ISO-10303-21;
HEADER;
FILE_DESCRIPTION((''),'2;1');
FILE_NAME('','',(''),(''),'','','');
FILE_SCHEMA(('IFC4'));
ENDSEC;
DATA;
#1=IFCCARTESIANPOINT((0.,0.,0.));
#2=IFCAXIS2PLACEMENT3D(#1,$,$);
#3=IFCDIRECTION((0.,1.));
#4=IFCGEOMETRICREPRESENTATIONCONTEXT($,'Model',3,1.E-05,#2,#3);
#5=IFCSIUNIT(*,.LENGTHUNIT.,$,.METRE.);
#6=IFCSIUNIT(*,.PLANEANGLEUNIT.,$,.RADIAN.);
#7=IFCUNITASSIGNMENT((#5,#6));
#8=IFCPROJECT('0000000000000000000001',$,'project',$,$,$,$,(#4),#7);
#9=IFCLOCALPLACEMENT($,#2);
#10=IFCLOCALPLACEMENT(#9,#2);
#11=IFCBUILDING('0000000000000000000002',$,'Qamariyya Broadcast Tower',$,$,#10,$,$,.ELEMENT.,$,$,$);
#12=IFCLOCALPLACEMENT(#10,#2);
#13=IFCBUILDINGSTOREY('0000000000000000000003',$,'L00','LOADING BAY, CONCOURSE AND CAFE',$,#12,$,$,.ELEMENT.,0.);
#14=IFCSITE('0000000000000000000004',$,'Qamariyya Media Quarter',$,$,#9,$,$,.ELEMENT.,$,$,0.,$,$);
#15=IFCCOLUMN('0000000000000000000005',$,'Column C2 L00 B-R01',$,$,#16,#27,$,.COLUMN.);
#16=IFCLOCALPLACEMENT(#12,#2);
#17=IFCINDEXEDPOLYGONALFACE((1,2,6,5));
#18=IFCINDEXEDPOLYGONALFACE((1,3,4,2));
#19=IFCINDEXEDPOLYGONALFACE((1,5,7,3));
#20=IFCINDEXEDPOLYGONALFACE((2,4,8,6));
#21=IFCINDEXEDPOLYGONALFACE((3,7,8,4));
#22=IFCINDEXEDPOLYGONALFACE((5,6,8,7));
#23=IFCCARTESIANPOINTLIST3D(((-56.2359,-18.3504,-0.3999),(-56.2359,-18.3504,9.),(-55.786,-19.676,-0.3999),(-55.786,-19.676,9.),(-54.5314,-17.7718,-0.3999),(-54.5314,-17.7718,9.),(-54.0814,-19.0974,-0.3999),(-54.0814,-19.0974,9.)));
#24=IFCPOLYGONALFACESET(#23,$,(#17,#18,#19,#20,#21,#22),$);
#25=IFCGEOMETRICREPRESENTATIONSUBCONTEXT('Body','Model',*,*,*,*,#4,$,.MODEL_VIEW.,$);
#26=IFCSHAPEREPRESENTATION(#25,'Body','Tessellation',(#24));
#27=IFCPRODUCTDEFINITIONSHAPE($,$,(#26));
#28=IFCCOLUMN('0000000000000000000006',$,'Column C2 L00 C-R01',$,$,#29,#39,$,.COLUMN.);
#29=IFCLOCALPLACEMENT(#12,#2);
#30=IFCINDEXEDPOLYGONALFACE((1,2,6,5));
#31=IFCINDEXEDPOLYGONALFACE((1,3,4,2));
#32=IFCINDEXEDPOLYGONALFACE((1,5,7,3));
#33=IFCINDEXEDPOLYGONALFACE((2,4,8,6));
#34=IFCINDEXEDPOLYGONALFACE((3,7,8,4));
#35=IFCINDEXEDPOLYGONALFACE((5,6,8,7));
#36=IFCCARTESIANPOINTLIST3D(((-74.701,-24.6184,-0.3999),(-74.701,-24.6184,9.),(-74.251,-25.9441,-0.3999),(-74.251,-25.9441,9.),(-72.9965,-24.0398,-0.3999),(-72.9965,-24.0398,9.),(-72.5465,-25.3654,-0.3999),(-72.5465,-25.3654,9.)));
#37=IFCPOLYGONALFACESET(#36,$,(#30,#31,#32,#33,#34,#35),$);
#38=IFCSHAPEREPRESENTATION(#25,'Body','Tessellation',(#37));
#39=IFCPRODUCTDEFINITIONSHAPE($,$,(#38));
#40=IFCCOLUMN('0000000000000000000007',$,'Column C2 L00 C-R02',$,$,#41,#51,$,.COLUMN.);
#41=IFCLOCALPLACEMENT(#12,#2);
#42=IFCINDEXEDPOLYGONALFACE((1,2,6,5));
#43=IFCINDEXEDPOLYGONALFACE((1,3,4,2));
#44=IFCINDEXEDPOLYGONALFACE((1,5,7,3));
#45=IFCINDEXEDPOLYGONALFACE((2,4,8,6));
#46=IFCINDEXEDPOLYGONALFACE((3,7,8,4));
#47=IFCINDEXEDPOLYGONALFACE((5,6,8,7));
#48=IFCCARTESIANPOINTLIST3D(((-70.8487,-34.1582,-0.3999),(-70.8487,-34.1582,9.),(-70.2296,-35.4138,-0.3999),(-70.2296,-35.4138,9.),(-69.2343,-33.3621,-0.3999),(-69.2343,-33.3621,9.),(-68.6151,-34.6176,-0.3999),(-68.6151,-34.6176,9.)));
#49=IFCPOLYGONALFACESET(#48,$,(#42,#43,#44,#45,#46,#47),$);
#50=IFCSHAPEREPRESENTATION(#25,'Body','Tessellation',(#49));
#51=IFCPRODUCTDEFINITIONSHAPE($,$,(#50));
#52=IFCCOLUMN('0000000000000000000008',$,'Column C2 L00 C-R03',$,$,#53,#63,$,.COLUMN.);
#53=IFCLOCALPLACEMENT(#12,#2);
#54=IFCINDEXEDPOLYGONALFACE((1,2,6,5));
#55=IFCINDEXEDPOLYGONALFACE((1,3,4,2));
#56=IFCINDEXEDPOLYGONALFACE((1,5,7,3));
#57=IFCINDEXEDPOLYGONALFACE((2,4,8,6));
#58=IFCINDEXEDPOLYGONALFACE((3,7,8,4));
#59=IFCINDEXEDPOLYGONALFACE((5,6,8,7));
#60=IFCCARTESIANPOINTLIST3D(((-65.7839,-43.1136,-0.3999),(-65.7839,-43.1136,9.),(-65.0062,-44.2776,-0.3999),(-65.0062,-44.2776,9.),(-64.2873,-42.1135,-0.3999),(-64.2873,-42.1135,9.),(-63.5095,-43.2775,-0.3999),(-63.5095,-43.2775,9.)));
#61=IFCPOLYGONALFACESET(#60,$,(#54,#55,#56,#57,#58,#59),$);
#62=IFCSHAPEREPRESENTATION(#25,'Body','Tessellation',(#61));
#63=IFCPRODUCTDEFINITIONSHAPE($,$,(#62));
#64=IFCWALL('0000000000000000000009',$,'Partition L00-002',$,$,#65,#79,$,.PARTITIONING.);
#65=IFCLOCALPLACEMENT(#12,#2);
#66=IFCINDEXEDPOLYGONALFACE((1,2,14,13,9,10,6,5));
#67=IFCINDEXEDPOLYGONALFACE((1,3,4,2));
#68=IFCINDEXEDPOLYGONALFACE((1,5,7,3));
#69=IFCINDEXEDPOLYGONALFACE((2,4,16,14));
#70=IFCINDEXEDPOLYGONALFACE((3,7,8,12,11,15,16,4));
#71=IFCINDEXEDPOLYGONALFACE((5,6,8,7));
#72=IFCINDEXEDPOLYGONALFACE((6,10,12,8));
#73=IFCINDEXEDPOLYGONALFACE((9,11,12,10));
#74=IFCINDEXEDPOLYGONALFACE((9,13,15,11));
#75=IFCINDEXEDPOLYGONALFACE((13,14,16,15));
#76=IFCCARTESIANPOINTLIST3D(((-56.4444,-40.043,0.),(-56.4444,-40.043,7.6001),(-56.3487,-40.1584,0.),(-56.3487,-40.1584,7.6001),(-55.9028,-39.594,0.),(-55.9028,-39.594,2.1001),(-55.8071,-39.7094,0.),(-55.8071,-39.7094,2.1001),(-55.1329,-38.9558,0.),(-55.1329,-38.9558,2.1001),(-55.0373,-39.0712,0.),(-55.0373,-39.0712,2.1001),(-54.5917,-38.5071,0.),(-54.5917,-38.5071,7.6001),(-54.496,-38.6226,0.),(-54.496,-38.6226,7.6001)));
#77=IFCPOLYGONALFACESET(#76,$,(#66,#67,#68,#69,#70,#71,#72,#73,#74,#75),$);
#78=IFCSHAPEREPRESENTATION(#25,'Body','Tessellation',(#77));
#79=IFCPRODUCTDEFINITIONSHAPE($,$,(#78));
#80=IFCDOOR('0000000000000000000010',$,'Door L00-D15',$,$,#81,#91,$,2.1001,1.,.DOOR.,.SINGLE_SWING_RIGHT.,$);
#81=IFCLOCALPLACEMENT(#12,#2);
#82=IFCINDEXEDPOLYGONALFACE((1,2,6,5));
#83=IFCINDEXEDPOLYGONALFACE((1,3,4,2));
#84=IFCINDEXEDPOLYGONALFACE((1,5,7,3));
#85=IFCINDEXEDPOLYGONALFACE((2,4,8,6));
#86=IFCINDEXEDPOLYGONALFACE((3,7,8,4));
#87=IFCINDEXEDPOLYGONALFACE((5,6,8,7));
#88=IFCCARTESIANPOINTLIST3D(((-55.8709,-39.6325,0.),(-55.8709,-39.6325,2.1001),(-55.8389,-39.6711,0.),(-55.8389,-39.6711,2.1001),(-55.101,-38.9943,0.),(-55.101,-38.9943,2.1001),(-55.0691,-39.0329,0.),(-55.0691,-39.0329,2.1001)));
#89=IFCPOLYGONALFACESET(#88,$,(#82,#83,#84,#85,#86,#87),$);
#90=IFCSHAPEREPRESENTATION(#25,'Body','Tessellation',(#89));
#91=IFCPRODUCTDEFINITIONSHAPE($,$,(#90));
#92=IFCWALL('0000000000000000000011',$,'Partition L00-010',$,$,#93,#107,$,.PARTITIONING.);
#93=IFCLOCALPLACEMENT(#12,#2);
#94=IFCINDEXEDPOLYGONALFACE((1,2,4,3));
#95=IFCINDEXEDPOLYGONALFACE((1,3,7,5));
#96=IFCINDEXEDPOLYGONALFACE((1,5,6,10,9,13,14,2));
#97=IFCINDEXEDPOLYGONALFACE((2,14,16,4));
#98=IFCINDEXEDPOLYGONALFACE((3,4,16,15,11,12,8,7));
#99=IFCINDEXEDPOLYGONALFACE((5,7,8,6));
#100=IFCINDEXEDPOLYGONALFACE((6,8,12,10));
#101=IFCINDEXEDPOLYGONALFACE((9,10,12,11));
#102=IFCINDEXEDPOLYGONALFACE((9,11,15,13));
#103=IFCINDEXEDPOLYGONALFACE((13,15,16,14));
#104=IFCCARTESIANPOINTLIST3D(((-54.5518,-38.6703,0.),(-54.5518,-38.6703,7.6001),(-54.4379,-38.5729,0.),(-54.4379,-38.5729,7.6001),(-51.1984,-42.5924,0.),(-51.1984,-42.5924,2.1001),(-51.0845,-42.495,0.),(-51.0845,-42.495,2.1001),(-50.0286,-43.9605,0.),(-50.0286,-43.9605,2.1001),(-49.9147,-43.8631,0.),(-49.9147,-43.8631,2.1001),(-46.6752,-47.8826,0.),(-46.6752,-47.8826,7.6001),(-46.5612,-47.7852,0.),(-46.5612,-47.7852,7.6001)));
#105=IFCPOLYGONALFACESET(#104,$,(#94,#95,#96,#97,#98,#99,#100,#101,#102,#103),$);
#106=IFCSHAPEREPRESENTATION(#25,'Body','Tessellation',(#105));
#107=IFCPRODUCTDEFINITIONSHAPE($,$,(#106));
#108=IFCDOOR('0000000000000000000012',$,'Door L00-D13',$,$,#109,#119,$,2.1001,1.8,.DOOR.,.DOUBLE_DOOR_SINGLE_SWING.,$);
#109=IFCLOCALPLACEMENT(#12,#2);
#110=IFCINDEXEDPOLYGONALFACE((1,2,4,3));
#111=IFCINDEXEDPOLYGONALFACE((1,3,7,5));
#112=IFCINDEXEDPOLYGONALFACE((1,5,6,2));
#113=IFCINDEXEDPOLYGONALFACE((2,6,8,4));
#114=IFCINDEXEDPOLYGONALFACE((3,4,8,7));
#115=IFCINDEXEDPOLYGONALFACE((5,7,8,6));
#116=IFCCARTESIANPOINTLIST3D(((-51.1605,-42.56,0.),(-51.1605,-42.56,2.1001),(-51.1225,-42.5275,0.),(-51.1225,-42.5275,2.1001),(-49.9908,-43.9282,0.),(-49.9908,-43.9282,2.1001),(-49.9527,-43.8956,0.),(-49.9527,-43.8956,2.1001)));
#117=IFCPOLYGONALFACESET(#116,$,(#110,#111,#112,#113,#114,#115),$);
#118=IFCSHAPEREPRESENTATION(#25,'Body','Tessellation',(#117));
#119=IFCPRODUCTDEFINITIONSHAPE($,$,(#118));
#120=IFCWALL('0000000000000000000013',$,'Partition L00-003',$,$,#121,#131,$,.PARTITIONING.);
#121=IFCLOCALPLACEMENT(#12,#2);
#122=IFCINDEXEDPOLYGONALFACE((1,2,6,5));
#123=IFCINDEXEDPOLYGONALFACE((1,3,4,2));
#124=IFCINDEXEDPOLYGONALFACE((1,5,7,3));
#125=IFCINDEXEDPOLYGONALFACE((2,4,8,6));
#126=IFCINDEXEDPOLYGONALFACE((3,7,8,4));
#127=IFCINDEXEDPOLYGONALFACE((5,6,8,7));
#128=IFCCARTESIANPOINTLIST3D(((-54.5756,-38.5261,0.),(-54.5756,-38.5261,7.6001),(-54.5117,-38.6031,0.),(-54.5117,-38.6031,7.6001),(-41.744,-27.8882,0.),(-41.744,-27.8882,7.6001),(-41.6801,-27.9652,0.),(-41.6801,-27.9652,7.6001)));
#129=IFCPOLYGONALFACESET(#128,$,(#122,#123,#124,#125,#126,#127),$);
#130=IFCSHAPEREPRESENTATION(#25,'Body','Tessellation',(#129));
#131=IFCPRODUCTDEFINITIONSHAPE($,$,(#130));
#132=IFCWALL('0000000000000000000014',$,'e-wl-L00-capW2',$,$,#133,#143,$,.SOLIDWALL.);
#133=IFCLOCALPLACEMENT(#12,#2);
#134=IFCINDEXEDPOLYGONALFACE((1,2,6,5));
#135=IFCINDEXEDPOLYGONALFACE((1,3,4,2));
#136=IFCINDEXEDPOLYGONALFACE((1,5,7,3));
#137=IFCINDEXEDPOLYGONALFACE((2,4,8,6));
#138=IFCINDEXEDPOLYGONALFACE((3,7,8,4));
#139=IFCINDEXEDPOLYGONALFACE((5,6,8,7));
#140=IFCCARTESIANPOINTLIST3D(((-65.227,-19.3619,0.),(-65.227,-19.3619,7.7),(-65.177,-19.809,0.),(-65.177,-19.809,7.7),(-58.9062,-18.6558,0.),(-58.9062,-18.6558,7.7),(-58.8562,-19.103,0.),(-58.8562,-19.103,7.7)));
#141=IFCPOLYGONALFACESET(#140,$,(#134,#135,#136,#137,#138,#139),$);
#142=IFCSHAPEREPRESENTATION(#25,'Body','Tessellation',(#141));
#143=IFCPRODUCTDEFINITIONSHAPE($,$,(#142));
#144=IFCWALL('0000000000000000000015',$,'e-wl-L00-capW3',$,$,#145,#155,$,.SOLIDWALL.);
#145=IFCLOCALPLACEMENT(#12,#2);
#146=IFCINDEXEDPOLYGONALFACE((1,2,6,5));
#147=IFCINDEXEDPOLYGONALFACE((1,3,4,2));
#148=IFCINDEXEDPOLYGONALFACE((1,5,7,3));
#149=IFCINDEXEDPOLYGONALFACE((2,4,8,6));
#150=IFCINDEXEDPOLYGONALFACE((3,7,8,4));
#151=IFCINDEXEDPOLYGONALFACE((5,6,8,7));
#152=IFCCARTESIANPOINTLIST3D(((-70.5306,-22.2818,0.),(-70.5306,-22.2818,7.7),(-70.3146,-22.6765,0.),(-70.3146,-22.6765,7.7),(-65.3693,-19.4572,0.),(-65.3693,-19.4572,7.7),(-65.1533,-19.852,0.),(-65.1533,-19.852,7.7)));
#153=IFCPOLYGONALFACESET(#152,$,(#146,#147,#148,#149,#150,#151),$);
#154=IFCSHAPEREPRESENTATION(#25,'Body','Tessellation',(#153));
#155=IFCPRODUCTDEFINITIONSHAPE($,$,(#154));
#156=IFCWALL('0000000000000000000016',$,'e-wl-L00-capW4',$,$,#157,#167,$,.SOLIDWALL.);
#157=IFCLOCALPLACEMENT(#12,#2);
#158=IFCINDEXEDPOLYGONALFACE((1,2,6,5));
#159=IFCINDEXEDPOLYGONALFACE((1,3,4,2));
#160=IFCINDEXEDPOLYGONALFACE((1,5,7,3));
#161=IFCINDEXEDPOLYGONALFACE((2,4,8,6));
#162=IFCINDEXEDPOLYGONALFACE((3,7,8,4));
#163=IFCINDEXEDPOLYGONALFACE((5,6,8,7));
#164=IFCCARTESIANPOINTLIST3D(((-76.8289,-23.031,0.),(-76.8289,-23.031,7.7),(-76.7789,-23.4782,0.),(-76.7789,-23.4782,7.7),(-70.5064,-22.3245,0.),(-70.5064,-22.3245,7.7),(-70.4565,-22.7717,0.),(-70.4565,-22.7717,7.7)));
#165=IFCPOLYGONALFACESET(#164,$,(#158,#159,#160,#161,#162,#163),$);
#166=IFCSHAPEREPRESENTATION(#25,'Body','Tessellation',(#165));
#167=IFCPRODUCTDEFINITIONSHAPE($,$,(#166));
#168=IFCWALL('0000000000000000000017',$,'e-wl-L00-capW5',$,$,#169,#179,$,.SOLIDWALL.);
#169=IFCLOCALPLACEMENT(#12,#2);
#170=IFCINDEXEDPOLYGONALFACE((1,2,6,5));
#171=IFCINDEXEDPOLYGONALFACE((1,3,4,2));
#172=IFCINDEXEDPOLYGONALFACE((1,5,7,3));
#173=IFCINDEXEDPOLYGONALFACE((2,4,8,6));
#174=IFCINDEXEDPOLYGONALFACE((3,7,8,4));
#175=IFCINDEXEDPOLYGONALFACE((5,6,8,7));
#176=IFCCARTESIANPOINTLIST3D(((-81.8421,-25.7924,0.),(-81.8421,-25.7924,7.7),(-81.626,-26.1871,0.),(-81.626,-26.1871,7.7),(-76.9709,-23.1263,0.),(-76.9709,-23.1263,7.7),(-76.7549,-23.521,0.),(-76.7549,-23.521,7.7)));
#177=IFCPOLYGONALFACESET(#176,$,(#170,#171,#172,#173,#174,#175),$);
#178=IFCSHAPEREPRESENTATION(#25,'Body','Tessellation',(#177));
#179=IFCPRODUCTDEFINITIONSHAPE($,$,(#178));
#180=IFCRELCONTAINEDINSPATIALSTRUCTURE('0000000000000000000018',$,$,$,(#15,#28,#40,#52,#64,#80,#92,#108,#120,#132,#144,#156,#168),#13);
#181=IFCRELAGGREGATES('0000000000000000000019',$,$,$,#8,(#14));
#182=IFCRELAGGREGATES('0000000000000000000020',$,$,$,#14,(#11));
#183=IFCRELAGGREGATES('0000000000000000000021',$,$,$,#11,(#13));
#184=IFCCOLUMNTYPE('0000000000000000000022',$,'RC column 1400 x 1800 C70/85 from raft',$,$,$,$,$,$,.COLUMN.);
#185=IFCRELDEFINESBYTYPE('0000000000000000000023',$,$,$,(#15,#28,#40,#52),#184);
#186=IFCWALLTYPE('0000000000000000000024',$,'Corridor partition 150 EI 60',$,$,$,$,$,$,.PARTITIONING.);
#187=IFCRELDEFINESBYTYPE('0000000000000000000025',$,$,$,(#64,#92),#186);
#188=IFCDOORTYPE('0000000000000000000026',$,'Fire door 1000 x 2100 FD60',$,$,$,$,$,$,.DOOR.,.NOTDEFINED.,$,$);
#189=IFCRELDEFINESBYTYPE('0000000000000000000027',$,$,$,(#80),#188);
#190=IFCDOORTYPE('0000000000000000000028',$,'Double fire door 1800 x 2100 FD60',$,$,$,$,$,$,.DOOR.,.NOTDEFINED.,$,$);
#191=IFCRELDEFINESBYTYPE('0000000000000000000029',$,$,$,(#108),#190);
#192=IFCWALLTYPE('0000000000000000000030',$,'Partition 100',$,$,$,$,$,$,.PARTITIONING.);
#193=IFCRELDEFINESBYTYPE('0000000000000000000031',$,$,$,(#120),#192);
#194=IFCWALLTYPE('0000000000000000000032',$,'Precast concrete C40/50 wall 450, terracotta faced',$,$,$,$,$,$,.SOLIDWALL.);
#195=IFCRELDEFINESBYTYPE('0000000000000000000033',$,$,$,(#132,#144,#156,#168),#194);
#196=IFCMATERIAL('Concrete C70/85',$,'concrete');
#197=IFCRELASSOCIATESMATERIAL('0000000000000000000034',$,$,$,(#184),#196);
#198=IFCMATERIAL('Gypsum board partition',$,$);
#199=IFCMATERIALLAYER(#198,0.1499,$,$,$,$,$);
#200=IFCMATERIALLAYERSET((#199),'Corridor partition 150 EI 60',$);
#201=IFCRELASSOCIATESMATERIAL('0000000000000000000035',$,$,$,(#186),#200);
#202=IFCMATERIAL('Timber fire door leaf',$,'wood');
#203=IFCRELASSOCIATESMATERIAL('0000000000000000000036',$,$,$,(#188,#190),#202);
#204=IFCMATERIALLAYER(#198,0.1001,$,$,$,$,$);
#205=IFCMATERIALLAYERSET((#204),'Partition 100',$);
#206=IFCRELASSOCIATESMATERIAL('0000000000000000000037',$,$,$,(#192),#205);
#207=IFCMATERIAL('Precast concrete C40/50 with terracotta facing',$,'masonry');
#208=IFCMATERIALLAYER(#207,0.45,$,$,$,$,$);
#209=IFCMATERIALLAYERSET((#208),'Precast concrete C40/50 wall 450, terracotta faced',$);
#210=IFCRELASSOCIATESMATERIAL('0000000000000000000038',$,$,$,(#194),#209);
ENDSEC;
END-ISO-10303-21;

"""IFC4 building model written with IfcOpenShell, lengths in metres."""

from ifc_helpers import new_model, si_unit, direction, frame, frame_2d, origin, origin_2d, place, context, subcontext, project, spatial, rectangle, extrude, material, layer, layer_set, material_profile, profile_set, type_object, element, fill, save


model = new_model("IFC4")

# Units and contexts
model_context = context("Model", 3, precision=1e-05, world=origin(), true_north=direction((0.0, 1.0)))
body_context = subcontext(model_context, "Body", "Model", "MODEL_VIEW")
ifc_project = project(units=[si_unit("LENGTHUNIT", "METRE"), si_unit("PLANEANGLEUNIT", "RADIAN")], contexts=[model_context])

# Site, building, storey
site_placement = place(None, origin())
site = spatial("IfcSite", under=ifc_project, at=site_placement, Name="Qamariyya Media Quarter", CompositionType="ELEMENT", RefElevation=0.0)
building_placement = place(site_placement, origin())
building = spatial("IfcBuilding", under=site, at=building_placement, Name="Qamariyya Broadcast Tower", CompositionType="ELEMENT")
storey_placement = place(building_placement, origin())
storey = spatial("IfcBuildingStorey", under=building, at=storey_placement, Name="L00", Description="LOADING BAY, CONCOURSE AND CAFE", CompositionType="ELEMENT", Elevation=0.0)

# Columns
ifc_material_1 = material(Name="Concrete C70/85", Category="concrete")
ifc_material_profile_1 = material_profile(ifc_material_1, rectangle(XDim=1.3999, YDim=1.8, at=origin_2d()))
ifc_profile_set_1 = profile_set([ifc_material_profile_1], Name="Concrete C70/85")
column_type_1 = type_object("IfcColumnType", Name="RC column 1400 x 1800 C70/85 from raft", PredefinedType="COLUMN", material=ifc_profile_set_1)
for number, where, z_axis, x_axis, name in (
    (1, (-55.1587, -18.7239, -0.3999), (0.0, 0.0, 1.0), (0.321439, -0.94693, 0.0), "Column C2 L00 B-R01"),
    (2, (-73.6238, -24.9919, -0.3999), (0.0, 0.0, 1.0), (0.321439, -0.94693, 0.0), "Column C2 L00 C-R01"),
    (3, (-69.7319, -34.3879, -0.3999), (0.0, 0.0, 1.0), (0.442289, -0.896873, 0.0), "Column C2 L00 C-R02"),
    (4, (-64.6467, -43.1956, -0.3999), (0.0, 0.0, 1.0), (0.55557, -0.83147, 0.0), "Column C2 L00 C-R03"),
):
    element("IfcColumn", number, at=place(storey_placement, frame(where, z_axis=z_axis, x_axis=x_axis)), inside=storey, type_object=column_type_1, Name=name, PredefinedType="COLUMN", context=body_context, shape_type="SweptSolid", body=[
        extrude(rectangle(XDim=1.3999, YDim=1.8, at=origin_2d()), origin(), (0.0, 0.0, 1.0), 9.3999),
    ])

# Walls, openings, doors
ifc_material_2 = material(Name="Gypsum board partition")
ifc_layer_1 = layer(ifc_material_2, 0.1499)
ifc_layer_set_1 = layer_set([ifc_layer_1], Name="Corridor partition 150 EI 60")
wall_type_1 = type_object("IfcWallType", Name="Corridor partition 150 EI 60", PredefinedType="PARTITIONING", material=ifc_layer_set_1)
wall_1_placement = place(storey_placement, frame((-56.3965, -40.1006, 0.0), z_axis=(0.0, 0.0, 1.0), x_axis=(0.769873, 0.638197, 0.0)))
wall_1 = element("IfcWall", 5, at=wall_1_placement, inside=storey, type_object=wall_type_1, Name="Partition L00-002", PredefinedType="PARTITIONING", context=body_context, shape_type="SweptSolid", body=[
    extrude(rectangle(XDim=2.4065, YDim=0.1499, at=frame_2d((1.2031, 0.0))), origin(), (0.0, 0.0, 1.0), 7.6001),
])
opening_1_placement = place(wall_1_placement, frame((0.7034, 0.0, 0.0)))
opening_1 = element("IfcOpeningElement", 6, at=opening_1_placement, cuts=wall_1, PredefinedType="OPENING", context=body_context, shape_type="SweptSolid", body=[
    extrude(rectangle(XDim=1.0, YDim=2.1001, at=frame_2d((0.5, 1.05))), frame((0.0, 0.085, 0.0), z_axis=(0.0, -1.0, 0.0), x_axis=(1.0, 0.0, 0.0)), (0.0, 0.0, 1.0), 0.1699),
])
ifc_material_3 = material(Name="Timber fire door leaf", Category="wood")
door_type_1 = type_object("IfcDoorType", Name="Fire door 1000 x 2100 FD60", OperationType="NOTDEFINED", PredefinedType="DOOR", material=ifc_material_3)
door_1_placement = place(opening_1_placement, origin())
door_1 = element("IfcDoor", 7, at=door_1_placement, inside=storey, type_object=door_type_1, Name="Door L00-D15", OperationType="SINGLE_SWING_RIGHT", OverallHeight=2.1001, OverallWidth=1.0, PredefinedType="DOOR", context=body_context, shape_type="SweptSolid", body=[
    extrude(rectangle(XDim=1.0, YDim=2.1001, at=frame_2d((0.5, 1.05))), frame((0.0, 0.0249, 0.0), z_axis=(0.0, -1.0, 0.0), x_axis=(1.0, 0.0, 0.0)), (0.0, 0.0, 1.0), 0.05),
])
fill(opening_1, door_1)
wall_2_placement = place(storey_placement, frame((-54.4949, -38.6216, 0.0), z_axis=(0.0, 0.0, 1.0), x_axis=(0.649857, -0.760057, 0.0)))
wall_2 = element("IfcWall", 8, at=wall_2_placement, inside=storey, type_object=wall_type_1, Name="Partition L00-010", PredefinedType="PARTITIONING", context=body_context, shape_type="SweptSolid", body=[
    extrude(rectangle(XDim=12.1206, YDim=0.1499, at=frame_2d((6.0603, 0.0))), origin(), (0.0, 0.0, 1.0), 7.6001),
])
opening_2_placement = place(wall_2_placement, frame((5.1604, 0.0, 0.0)))
opening_2 = element("IfcOpeningElement", 9, at=opening_2_placement, cuts=wall_2, PredefinedType="OPENING", context=body_context, shape_type="SweptSolid", body=[
    extrude(rectangle(XDim=1.8, YDim=2.1001, at=frame_2d((0.8999, 1.05))), frame((0.0, 0.085, 0.0), z_axis=(0.0, -1.0, 0.0), x_axis=(1.0, 0.0, 0.0)), (0.0, 0.0, 1.0), 0.1699),
])
door_type_2 = type_object("IfcDoorType", Name="Double fire door 1800 x 2100 FD60", OperationType="NOTDEFINED", PredefinedType="DOOR", material=ifc_material_3)
door_2_placement = place(opening_2_placement, origin())
door_2 = element("IfcDoor", 10, at=door_2_placement, inside=storey, type_object=door_type_2, Name="Door L00-D13", OperationType="DOUBLE_DOOR_SINGLE_SWING", OverallHeight=2.1001, OverallWidth=1.8, PredefinedType="DOOR", context=body_context, shape_type="SweptSolid", body=[
    extrude(rectangle(XDim=1.8, YDim=2.1001, at=frame_2d((0.8999, 1.05))), frame((0.0, 0.0249, 0.0), z_axis=(0.0, -1.0, 0.0), x_axis=(1.0, 0.0, 0.0)), (0.0, 0.0, 1.0), 0.05),
])
fill(opening_2, door_2)

# Walls
ifc_layer_2 = layer(ifc_material_2, 0.1001)
ifc_layer_set_2 = layer_set([ifc_layer_2], Name="Partition 100")
wall_type_2 = type_object("IfcWallType", Name="Partition 100", PredefinedType="PARTITIONING", material=ifc_layer_set_2)
wall_3_placement = place(storey_placement, frame((-54.5437, -38.5647, 0.0), z_axis=(0.0, 0.0, 1.0), x_axis=(0.769842, 0.638234, 0.0)))
element("IfcWall", 11, at=wall_3_placement, inside=storey, type_object=wall_type_2, Name="Partition L00-003", PredefinedType="PARTITIONING", context=body_context, shape_type="SweptSolid", body=[
    extrude(rectangle(XDim=16.6677, YDim=0.1001, at=frame_2d((8.334, 0.0))), origin(), (0.0, 0.0, 1.0), 7.6001),
])
ifc_material_4 = material(Name="Precast concrete C40/50 with terracotta facing", Category="masonry")
ifc_layer_3 = layer(ifc_material_4, 0.45)
ifc_layer_set_3 = layer_set([ifc_layer_3], Name="Precast concrete C40/50 wall 450, terracotta faced")
wall_type_3 = type_object("IfcWallType", Name="Precast concrete C40/50 wall 450, terracotta faced", PredefinedType="SOLIDWALL", material=ifc_layer_set_3)
wall_4_placement = place(storey_placement, frame((-58.8811, -18.8794, 0.0), z_axis=(0.0, 0.0, 1.0), x_axis=(-0.993819, -0.111013, 0.0)))
element("IfcWall", 12, at=wall_4_placement, inside=storey, type_object=wall_type_3, Name="e-wl-L00-capW2", PredefinedType="SOLIDWALL", context=body_context, shape_type="SweptSolid", body=[
    extrude(rectangle(XDim=6.3601, YDim=0.45, at=frame_2d((3.1802, 0.0))), origin(), (0.0, 0.0, 1.0), 7.7),
])
wall_5_placement = place(storey_placement, frame((-65.2612, -19.6545, 0.0), z_axis=(0.0, 0.0, 1.0), x_axis=(-0.87723, -0.48007, 0.0)))
element("IfcWall", 13, at=wall_5_placement, inside=storey, type_object=wall_type_3, Name="e-wl-L00-capW3", PredefinedType="SOLIDWALL", context=body_context, shape_type="SweptSolid", body=[
    extrude(rectangle(XDim=5.8835, YDim=0.45, at=frame_2d((2.9419, 0.0))), origin(), (0.0, 0.0, 1.0), 7.7),
])
wall_6_placement = place(storey_placement, frame((-70.4814, -22.5481, 0.0), z_axis=(0.0, 0.0, 1.0), x_axis=(-0.993814, -0.111059, 0.0)))
element("IfcWall", 14, at=wall_6_placement, inside=storey, type_object=wall_type_3, Name="e-wl-L00-capW4", PredefinedType="SOLIDWALL", context=body_context, shape_type="SweptSolid", body=[
    extrude(rectangle(XDim=6.3618, YDim=0.45, at=frame_2d((3.1809, 0.0))), origin(), (0.0, 0.0, 1.0), 7.7),
])
wall_7_placement = place(storey_placement, frame((-76.863, -23.3237, 0.0), z_axis=(0.0, 0.0, 1.0), x_axis=(-0.877209, -0.480108, 0.0)))
element("IfcWall", 15, at=wall_7_placement, inside=storey, type_object=wall_type_3, Name="e-wl-L00-capW5", PredefinedType="SOLIDWALL", context=body_context, shape_type="SweptSolid", body=[
    extrude(rectangle(XDim=5.553, YDim=0.45, at=frame_2d((2.7764, 0.0))), origin(), (0.0, 0.0, 1.0), 7.7),
])

save(model, "model.ifc")
